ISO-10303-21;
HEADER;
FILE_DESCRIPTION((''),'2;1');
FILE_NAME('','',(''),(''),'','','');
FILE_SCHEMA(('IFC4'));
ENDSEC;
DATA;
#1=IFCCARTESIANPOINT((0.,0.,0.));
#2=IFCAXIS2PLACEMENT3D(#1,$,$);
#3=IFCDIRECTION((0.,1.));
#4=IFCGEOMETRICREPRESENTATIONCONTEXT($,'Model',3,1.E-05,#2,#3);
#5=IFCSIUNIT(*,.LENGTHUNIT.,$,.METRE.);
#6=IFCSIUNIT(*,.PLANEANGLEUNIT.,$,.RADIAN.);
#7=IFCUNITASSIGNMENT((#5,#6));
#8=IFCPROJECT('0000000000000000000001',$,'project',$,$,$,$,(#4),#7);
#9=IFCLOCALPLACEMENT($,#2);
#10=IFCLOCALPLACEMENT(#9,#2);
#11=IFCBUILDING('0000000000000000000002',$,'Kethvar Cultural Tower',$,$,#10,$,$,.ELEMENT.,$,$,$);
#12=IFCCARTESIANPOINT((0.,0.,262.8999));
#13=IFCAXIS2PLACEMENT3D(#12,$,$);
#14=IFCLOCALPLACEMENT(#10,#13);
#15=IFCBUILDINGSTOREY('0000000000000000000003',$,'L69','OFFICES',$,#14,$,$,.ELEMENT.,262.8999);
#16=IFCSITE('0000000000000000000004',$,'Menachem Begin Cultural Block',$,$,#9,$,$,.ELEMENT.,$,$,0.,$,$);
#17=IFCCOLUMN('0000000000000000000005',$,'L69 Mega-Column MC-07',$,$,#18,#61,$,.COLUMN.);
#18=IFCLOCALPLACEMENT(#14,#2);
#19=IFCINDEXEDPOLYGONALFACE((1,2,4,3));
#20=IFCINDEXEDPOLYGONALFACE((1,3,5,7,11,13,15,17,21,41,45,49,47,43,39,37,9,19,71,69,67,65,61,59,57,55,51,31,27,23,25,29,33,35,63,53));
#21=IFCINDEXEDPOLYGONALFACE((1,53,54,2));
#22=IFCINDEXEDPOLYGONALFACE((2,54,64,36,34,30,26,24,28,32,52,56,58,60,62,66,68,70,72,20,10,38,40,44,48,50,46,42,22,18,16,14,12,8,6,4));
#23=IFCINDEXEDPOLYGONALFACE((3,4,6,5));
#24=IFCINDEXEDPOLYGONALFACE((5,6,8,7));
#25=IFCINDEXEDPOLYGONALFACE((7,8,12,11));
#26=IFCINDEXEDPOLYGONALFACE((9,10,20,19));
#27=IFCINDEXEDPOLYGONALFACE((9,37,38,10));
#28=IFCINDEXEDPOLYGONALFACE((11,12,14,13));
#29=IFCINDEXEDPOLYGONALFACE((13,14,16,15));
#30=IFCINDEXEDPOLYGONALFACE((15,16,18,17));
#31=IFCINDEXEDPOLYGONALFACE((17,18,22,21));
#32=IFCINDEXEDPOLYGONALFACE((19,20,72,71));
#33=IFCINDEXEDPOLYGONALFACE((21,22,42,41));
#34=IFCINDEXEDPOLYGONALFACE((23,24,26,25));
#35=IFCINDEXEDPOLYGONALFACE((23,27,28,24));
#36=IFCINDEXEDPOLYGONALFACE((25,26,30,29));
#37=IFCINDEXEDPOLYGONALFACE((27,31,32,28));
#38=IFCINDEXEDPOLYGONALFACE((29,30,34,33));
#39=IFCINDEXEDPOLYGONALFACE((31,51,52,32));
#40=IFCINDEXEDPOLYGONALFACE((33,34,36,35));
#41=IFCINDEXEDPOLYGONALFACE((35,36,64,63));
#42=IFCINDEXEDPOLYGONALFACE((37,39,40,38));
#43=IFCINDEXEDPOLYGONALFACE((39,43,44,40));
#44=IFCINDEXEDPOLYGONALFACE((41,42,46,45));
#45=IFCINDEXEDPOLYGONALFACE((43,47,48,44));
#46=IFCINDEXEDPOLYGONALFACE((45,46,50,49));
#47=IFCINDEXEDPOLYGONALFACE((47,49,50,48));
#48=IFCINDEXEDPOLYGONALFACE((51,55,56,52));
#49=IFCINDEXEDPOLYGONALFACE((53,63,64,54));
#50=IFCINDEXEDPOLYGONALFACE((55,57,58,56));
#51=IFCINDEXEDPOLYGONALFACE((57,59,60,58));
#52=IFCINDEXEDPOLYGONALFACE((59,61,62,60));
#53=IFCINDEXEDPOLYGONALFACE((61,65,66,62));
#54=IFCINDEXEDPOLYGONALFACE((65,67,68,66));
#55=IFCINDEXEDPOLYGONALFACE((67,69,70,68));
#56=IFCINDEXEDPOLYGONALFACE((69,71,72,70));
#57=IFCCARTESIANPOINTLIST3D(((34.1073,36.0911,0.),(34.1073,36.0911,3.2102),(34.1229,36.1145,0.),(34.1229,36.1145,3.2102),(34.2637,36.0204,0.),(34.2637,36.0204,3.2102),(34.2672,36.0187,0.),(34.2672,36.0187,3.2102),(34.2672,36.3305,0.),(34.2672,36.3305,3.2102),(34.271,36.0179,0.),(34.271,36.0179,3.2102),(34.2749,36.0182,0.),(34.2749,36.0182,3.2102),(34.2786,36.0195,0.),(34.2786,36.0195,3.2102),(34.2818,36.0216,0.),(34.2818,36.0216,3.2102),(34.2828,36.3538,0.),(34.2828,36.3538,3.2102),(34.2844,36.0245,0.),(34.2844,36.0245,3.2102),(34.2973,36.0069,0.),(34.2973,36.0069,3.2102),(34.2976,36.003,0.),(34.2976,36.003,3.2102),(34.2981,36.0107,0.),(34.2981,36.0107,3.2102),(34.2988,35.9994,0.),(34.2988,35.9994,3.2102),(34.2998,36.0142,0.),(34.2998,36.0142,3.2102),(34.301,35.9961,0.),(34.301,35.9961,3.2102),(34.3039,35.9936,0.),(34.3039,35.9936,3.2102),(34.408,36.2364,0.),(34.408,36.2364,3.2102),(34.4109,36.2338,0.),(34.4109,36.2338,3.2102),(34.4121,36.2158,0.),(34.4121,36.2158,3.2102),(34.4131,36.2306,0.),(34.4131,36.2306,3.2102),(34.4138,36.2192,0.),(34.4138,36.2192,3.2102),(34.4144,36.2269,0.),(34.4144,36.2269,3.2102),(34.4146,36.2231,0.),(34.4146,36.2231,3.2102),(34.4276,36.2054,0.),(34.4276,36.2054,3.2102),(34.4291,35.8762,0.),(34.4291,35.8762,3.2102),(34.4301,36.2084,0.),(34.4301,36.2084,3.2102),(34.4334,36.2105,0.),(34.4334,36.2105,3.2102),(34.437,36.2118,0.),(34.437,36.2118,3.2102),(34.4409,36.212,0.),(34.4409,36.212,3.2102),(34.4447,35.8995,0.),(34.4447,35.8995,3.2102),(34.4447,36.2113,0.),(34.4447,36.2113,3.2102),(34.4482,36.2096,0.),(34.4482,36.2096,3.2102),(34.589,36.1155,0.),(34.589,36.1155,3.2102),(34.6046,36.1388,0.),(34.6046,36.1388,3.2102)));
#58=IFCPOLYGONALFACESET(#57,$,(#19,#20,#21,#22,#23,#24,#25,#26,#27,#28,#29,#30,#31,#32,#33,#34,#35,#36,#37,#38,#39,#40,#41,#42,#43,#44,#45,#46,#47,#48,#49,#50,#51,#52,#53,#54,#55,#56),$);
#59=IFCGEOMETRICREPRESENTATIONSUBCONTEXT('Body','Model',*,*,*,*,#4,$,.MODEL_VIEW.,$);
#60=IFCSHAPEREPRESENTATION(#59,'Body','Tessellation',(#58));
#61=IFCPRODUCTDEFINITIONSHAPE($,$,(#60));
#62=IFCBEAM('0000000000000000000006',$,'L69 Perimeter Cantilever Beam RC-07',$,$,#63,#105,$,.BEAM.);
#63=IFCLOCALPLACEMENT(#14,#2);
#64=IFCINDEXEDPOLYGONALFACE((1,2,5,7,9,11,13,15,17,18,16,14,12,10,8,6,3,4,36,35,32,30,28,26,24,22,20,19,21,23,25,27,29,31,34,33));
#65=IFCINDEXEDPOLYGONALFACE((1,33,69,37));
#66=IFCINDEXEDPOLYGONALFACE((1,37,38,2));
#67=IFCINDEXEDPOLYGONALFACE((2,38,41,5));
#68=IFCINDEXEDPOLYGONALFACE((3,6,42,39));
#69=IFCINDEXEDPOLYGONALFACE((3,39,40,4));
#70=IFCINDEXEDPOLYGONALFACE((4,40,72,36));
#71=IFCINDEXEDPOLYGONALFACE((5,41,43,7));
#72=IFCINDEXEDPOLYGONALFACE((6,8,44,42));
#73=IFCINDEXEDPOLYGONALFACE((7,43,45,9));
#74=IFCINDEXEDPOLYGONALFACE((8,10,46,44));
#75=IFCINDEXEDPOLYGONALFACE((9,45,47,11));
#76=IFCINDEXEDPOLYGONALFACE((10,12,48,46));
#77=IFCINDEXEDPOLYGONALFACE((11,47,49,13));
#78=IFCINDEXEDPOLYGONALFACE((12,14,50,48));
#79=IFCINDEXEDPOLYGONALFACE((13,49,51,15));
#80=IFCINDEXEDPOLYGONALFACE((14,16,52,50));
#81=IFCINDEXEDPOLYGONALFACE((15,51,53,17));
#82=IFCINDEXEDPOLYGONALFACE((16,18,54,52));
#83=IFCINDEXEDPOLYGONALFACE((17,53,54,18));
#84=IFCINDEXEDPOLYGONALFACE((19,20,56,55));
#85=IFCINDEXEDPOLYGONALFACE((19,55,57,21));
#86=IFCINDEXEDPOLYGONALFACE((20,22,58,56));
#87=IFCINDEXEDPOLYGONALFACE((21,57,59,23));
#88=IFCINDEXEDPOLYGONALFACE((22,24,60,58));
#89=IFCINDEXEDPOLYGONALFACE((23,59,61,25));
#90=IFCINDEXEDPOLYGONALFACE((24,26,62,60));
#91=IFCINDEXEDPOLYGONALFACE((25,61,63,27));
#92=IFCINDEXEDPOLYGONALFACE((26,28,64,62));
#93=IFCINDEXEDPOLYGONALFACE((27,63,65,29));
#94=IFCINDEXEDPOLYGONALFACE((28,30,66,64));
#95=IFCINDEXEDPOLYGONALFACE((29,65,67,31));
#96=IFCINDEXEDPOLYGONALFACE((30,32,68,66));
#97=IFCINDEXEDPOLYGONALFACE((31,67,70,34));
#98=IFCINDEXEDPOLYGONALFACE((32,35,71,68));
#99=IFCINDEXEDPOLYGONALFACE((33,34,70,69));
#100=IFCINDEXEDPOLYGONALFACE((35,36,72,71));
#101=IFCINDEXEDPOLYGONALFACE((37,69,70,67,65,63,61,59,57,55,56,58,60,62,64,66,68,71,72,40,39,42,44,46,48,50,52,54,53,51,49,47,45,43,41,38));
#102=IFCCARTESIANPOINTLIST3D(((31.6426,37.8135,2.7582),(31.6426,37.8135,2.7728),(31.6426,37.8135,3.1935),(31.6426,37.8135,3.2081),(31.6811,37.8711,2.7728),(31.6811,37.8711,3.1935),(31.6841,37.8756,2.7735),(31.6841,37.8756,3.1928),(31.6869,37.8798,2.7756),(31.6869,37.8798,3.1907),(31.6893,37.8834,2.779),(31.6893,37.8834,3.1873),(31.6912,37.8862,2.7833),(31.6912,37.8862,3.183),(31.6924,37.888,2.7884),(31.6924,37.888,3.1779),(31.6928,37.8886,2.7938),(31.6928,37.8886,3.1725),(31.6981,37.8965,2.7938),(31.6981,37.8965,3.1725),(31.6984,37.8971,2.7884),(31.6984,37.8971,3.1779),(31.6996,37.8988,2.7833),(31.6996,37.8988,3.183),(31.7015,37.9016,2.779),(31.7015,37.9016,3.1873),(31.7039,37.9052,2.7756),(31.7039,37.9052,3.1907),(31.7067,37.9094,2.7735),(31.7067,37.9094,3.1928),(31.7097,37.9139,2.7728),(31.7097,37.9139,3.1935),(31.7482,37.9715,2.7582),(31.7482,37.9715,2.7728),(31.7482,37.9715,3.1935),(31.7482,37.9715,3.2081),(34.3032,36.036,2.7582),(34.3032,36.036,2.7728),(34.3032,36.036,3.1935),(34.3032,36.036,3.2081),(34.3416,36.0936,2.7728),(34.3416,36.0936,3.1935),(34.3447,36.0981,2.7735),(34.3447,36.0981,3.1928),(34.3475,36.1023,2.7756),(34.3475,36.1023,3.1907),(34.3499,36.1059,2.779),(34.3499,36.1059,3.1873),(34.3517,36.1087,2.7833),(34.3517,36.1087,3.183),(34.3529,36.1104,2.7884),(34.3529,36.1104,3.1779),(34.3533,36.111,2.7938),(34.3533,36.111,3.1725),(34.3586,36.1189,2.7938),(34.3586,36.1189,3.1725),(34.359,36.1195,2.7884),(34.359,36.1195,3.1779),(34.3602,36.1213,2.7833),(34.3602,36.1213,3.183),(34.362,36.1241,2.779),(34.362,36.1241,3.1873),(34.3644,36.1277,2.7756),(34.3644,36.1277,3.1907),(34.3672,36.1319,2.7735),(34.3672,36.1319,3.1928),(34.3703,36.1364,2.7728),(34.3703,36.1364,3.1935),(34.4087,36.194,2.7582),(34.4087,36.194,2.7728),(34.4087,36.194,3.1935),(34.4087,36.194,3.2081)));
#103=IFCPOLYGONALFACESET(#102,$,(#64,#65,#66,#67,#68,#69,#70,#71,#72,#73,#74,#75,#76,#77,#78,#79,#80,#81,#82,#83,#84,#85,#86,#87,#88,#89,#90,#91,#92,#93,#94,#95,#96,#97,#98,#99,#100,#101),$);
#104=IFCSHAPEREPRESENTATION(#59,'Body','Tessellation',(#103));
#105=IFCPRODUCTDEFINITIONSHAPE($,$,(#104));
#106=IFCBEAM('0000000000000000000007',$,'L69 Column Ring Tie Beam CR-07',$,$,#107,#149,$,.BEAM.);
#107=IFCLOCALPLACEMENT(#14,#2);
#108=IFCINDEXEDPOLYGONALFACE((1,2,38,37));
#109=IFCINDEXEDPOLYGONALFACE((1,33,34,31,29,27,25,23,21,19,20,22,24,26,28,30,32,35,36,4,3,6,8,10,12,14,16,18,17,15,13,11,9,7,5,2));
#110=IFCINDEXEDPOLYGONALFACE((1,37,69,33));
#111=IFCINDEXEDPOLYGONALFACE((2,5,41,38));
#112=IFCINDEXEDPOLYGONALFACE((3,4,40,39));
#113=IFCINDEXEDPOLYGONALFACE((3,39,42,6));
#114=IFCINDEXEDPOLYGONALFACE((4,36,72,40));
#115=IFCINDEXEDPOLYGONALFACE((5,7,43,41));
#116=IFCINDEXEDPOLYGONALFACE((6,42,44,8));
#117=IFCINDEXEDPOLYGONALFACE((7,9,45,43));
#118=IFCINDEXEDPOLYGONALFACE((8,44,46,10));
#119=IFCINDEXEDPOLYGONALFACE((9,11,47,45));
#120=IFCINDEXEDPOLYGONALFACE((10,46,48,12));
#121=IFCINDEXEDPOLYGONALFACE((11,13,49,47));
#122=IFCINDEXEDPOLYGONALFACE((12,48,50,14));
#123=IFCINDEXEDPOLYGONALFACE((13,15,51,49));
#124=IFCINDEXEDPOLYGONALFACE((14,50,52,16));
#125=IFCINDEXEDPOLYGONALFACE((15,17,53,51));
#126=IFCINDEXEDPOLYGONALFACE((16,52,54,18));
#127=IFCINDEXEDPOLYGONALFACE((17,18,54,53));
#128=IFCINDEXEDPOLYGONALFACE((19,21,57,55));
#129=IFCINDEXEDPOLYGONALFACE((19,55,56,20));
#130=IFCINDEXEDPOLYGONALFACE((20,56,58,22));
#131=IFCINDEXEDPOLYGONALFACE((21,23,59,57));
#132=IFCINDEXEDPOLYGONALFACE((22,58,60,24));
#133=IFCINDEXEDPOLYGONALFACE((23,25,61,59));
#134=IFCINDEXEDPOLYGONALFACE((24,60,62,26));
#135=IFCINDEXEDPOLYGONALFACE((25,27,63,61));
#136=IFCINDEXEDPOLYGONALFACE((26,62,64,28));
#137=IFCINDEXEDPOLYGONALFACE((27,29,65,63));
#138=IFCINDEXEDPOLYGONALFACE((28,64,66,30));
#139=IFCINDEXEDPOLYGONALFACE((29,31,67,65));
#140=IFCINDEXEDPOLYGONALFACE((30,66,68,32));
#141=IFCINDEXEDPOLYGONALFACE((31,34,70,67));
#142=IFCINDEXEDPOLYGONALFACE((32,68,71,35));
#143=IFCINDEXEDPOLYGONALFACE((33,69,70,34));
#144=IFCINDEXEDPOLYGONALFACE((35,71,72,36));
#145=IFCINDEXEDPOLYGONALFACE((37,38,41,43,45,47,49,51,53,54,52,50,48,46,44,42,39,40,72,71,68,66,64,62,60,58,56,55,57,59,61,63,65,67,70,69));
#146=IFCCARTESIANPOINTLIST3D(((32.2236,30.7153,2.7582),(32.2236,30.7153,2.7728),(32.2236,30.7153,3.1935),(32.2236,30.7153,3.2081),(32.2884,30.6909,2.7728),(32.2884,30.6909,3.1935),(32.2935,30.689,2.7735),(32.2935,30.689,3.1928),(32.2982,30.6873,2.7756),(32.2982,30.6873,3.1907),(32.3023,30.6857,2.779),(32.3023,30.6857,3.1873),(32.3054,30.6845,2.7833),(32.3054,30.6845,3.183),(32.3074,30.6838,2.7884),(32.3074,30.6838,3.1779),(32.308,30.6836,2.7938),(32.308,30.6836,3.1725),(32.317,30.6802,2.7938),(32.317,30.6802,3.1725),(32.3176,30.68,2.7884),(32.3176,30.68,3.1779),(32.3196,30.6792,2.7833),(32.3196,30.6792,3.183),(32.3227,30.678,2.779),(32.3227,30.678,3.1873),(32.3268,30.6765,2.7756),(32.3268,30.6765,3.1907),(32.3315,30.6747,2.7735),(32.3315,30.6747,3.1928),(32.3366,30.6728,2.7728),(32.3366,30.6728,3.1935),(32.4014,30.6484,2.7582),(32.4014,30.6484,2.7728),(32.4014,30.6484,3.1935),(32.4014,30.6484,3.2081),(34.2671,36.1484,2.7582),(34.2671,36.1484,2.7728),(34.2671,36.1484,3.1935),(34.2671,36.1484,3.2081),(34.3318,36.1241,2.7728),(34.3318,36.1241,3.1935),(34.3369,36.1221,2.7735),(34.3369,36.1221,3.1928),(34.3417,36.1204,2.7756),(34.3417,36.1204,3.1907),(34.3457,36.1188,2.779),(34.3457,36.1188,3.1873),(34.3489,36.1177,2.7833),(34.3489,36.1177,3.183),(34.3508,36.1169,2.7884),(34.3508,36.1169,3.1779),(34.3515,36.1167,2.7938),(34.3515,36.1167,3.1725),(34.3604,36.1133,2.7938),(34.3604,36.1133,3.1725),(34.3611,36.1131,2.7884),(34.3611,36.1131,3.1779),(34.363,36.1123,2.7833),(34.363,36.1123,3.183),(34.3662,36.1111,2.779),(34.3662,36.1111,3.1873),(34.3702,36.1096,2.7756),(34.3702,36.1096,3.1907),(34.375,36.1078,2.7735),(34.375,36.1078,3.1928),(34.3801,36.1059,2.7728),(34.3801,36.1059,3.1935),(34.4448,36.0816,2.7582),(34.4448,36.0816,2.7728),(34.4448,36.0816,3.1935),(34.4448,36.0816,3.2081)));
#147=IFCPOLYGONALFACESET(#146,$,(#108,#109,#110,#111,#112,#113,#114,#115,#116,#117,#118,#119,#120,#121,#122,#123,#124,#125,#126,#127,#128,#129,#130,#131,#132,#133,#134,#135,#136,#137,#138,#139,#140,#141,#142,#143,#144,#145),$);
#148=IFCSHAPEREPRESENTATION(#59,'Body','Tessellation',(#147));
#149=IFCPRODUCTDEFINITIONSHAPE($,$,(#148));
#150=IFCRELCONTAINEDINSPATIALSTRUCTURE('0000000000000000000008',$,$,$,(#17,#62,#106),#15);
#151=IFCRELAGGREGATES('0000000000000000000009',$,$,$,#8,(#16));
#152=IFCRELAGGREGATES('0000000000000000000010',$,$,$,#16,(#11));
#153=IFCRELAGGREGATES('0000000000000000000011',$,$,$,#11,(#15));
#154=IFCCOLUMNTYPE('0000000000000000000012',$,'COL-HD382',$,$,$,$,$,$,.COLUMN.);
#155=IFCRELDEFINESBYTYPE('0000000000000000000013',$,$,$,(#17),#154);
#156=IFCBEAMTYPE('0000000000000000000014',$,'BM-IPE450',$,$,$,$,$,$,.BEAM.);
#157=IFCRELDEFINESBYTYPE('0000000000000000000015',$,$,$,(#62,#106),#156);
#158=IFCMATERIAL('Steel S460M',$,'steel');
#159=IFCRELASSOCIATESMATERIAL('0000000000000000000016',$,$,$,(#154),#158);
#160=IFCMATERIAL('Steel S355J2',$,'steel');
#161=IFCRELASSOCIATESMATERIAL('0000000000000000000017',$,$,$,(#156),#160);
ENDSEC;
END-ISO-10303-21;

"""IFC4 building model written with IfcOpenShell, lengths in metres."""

from ifc_helpers import new_model, si_unit, direction, frame, origin, origin_2d, place, context, subcontext, project, spatial, i_section, extrude, source, transform, mapped, material, material_profile, profile_set, type_object, element, save


model = new_model("IFC4")

# Units and contexts
model_context = context("Model", 3, precision=1e-05, world=origin(), true_north=direction((0.0, 1.0)))
body_context = subcontext(model_context, "Body", "Model", "MODEL_VIEW")
ifc_project = project(units=[si_unit("LENGTHUNIT", "METRE"), si_unit("PLANEANGLEUNIT", "RADIAN")], contexts=[model_context])

# Site, building, storey
site_placement = place(None, origin())
site = spatial("IfcSite", under=ifc_project, at=site_placement, Name="Menachem Begin Cultural Block", CompositionType="ELEMENT", RefElevation=0.0)
building_placement = place(site_placement, origin())
building = spatial("IfcBuilding", under=site, at=building_placement, Name="Kethvar Cultural Tower", CompositionType="ELEMENT")
storey_placement = place(building_placement, frame((0.0, 0.0, 262.8999)))
storey = spatial("IfcBuildingStorey", under=building, at=storey_placement, Name="L69", Description="OFFICES", CompositionType="ELEMENT", Elevation=262.8999)

# Column
ifc_material_1 = material(Name="Steel S460M", Category="steel")
ifc_material_profile_1 = material_profile(ifc_material_1, i_section(OverallWidth=0.387, OverallDepth=0.3159, WebThickness=0.0186, FlangeThickness=0.0281, FilletRadius=0.0149, at=origin_2d()), Name="Steel S460M — HD400x382")
ifc_profile_set_1 = profile_set([ifc_material_profile_1], Name="Steel S460M — HD400x382")
column_type = type_object("IfcColumnType", Name="COL-HD382", PredefinedType="COLUMN", material=ifc_profile_set_1)
shared_shape_1 = source(origin(), body_context, "Body", "SweptSolid", [
    extrude(i_section(OverallWidth=0.387, OverallDepth=0.3159, WebThickness=0.0186, FlangeThickness=0.0281, FilletRadius=0.0149, at=origin_2d()), origin(), (0.0, 0.0, 1.0), 3.2102),
])
column_placement = place(storey_placement, frame((34.356, 36.115, 0.0), z_axis=(0.0, 0.0, 1.0), x_axis=(-0.83147, 0.55557, 0.0)))
element("IfcColumn", 1, at=column_placement, inside=storey, type_object=column_type, Name="L69 Mega-Column MC-07", PredefinedType="COLUMN", context=body_context, shape_type="MappedRepresentation", body=[
    mapped(shared_shape_1, transform((0.0, 0.0, 0.0), scale=1.0)),
])

# Beams
ifc_material_2 = material(Name="Steel S355J2", Category="steel")
ifc_material_profile_2 = material_profile(ifc_material_2, i_section(OverallWidth=0.1899, OverallDepth=0.45, WebThickness=0.0095, FlangeThickness=0.0146, FilletRadius=0.021, at=origin_2d()), Name="Steel S355J2 — IPE450")
ifc_profile_set_2 = profile_set([ifc_material_profile_2], Name="Steel S355J2 — IPE450")
beam_type_1 = type_object("IfcBeamType", Name="BM-IPE450", PredefinedType="BEAM", material=ifc_profile_set_2)
shared_shape_2 = source(origin(), body_context, "Body", "SweptSolid", [
    extrude(i_section(OverallWidth=0.1899, OverallDepth=0.45, WebThickness=0.0095, FlangeThickness=0.0146, FilletRadius=0.021, at=origin_2d()), origin(), (0.0, 0.0, 1.0), 3.1997),
])
beam_1_placement = place(storey_placement, frame((34.356, 36.115, 2.9832), z_axis=(-0.831498, 0.555527, 0.0), x_axis=(-0.555527, -0.831498, 0.0)))
element("IfcBeam", 2, at=beam_1_placement, inside=storey, type_object=beam_type_1, Name="L69 Perimeter Cantilever Beam RC-07", PredefinedType="BEAM", context=body_context, shape_type="MappedRepresentation", body=[
    mapped(shared_shape_2, transform((0.0, 0.0, 0.0), scale=1.0)),
])
shared_shape_3 = source(origin(), body_context, "Body", "SweptSolid", [
    extrude(i_section(OverallWidth=0.1899, OverallDepth=0.45, WebThickness=0.0095, FlangeThickness=0.0146, FilletRadius=0.021, at=origin_2d()), origin(), (0.0, 0.0, 1.0), 5.8047),
])
beam_2_placement = place(storey_placement, frame((34.356, 36.115, 2.9832), z_axis=(-0.352036, -0.935986, 0.0), x_axis=(0.935986, -0.352036, 0.0)))
element("IfcBeam", 3, at=beam_2_placement, inside=storey, type_object=beam_type_1, Name="L69 Column Ring Tie Beam CR-07", PredefinedType="BEAM", context=body_context, shape_type="MappedRepresentation", body=[
    mapped(shared_shape_3, transform((0.0, 0.0, 0.0), scale=1.0)),
])

save(model, "model.ifc")
